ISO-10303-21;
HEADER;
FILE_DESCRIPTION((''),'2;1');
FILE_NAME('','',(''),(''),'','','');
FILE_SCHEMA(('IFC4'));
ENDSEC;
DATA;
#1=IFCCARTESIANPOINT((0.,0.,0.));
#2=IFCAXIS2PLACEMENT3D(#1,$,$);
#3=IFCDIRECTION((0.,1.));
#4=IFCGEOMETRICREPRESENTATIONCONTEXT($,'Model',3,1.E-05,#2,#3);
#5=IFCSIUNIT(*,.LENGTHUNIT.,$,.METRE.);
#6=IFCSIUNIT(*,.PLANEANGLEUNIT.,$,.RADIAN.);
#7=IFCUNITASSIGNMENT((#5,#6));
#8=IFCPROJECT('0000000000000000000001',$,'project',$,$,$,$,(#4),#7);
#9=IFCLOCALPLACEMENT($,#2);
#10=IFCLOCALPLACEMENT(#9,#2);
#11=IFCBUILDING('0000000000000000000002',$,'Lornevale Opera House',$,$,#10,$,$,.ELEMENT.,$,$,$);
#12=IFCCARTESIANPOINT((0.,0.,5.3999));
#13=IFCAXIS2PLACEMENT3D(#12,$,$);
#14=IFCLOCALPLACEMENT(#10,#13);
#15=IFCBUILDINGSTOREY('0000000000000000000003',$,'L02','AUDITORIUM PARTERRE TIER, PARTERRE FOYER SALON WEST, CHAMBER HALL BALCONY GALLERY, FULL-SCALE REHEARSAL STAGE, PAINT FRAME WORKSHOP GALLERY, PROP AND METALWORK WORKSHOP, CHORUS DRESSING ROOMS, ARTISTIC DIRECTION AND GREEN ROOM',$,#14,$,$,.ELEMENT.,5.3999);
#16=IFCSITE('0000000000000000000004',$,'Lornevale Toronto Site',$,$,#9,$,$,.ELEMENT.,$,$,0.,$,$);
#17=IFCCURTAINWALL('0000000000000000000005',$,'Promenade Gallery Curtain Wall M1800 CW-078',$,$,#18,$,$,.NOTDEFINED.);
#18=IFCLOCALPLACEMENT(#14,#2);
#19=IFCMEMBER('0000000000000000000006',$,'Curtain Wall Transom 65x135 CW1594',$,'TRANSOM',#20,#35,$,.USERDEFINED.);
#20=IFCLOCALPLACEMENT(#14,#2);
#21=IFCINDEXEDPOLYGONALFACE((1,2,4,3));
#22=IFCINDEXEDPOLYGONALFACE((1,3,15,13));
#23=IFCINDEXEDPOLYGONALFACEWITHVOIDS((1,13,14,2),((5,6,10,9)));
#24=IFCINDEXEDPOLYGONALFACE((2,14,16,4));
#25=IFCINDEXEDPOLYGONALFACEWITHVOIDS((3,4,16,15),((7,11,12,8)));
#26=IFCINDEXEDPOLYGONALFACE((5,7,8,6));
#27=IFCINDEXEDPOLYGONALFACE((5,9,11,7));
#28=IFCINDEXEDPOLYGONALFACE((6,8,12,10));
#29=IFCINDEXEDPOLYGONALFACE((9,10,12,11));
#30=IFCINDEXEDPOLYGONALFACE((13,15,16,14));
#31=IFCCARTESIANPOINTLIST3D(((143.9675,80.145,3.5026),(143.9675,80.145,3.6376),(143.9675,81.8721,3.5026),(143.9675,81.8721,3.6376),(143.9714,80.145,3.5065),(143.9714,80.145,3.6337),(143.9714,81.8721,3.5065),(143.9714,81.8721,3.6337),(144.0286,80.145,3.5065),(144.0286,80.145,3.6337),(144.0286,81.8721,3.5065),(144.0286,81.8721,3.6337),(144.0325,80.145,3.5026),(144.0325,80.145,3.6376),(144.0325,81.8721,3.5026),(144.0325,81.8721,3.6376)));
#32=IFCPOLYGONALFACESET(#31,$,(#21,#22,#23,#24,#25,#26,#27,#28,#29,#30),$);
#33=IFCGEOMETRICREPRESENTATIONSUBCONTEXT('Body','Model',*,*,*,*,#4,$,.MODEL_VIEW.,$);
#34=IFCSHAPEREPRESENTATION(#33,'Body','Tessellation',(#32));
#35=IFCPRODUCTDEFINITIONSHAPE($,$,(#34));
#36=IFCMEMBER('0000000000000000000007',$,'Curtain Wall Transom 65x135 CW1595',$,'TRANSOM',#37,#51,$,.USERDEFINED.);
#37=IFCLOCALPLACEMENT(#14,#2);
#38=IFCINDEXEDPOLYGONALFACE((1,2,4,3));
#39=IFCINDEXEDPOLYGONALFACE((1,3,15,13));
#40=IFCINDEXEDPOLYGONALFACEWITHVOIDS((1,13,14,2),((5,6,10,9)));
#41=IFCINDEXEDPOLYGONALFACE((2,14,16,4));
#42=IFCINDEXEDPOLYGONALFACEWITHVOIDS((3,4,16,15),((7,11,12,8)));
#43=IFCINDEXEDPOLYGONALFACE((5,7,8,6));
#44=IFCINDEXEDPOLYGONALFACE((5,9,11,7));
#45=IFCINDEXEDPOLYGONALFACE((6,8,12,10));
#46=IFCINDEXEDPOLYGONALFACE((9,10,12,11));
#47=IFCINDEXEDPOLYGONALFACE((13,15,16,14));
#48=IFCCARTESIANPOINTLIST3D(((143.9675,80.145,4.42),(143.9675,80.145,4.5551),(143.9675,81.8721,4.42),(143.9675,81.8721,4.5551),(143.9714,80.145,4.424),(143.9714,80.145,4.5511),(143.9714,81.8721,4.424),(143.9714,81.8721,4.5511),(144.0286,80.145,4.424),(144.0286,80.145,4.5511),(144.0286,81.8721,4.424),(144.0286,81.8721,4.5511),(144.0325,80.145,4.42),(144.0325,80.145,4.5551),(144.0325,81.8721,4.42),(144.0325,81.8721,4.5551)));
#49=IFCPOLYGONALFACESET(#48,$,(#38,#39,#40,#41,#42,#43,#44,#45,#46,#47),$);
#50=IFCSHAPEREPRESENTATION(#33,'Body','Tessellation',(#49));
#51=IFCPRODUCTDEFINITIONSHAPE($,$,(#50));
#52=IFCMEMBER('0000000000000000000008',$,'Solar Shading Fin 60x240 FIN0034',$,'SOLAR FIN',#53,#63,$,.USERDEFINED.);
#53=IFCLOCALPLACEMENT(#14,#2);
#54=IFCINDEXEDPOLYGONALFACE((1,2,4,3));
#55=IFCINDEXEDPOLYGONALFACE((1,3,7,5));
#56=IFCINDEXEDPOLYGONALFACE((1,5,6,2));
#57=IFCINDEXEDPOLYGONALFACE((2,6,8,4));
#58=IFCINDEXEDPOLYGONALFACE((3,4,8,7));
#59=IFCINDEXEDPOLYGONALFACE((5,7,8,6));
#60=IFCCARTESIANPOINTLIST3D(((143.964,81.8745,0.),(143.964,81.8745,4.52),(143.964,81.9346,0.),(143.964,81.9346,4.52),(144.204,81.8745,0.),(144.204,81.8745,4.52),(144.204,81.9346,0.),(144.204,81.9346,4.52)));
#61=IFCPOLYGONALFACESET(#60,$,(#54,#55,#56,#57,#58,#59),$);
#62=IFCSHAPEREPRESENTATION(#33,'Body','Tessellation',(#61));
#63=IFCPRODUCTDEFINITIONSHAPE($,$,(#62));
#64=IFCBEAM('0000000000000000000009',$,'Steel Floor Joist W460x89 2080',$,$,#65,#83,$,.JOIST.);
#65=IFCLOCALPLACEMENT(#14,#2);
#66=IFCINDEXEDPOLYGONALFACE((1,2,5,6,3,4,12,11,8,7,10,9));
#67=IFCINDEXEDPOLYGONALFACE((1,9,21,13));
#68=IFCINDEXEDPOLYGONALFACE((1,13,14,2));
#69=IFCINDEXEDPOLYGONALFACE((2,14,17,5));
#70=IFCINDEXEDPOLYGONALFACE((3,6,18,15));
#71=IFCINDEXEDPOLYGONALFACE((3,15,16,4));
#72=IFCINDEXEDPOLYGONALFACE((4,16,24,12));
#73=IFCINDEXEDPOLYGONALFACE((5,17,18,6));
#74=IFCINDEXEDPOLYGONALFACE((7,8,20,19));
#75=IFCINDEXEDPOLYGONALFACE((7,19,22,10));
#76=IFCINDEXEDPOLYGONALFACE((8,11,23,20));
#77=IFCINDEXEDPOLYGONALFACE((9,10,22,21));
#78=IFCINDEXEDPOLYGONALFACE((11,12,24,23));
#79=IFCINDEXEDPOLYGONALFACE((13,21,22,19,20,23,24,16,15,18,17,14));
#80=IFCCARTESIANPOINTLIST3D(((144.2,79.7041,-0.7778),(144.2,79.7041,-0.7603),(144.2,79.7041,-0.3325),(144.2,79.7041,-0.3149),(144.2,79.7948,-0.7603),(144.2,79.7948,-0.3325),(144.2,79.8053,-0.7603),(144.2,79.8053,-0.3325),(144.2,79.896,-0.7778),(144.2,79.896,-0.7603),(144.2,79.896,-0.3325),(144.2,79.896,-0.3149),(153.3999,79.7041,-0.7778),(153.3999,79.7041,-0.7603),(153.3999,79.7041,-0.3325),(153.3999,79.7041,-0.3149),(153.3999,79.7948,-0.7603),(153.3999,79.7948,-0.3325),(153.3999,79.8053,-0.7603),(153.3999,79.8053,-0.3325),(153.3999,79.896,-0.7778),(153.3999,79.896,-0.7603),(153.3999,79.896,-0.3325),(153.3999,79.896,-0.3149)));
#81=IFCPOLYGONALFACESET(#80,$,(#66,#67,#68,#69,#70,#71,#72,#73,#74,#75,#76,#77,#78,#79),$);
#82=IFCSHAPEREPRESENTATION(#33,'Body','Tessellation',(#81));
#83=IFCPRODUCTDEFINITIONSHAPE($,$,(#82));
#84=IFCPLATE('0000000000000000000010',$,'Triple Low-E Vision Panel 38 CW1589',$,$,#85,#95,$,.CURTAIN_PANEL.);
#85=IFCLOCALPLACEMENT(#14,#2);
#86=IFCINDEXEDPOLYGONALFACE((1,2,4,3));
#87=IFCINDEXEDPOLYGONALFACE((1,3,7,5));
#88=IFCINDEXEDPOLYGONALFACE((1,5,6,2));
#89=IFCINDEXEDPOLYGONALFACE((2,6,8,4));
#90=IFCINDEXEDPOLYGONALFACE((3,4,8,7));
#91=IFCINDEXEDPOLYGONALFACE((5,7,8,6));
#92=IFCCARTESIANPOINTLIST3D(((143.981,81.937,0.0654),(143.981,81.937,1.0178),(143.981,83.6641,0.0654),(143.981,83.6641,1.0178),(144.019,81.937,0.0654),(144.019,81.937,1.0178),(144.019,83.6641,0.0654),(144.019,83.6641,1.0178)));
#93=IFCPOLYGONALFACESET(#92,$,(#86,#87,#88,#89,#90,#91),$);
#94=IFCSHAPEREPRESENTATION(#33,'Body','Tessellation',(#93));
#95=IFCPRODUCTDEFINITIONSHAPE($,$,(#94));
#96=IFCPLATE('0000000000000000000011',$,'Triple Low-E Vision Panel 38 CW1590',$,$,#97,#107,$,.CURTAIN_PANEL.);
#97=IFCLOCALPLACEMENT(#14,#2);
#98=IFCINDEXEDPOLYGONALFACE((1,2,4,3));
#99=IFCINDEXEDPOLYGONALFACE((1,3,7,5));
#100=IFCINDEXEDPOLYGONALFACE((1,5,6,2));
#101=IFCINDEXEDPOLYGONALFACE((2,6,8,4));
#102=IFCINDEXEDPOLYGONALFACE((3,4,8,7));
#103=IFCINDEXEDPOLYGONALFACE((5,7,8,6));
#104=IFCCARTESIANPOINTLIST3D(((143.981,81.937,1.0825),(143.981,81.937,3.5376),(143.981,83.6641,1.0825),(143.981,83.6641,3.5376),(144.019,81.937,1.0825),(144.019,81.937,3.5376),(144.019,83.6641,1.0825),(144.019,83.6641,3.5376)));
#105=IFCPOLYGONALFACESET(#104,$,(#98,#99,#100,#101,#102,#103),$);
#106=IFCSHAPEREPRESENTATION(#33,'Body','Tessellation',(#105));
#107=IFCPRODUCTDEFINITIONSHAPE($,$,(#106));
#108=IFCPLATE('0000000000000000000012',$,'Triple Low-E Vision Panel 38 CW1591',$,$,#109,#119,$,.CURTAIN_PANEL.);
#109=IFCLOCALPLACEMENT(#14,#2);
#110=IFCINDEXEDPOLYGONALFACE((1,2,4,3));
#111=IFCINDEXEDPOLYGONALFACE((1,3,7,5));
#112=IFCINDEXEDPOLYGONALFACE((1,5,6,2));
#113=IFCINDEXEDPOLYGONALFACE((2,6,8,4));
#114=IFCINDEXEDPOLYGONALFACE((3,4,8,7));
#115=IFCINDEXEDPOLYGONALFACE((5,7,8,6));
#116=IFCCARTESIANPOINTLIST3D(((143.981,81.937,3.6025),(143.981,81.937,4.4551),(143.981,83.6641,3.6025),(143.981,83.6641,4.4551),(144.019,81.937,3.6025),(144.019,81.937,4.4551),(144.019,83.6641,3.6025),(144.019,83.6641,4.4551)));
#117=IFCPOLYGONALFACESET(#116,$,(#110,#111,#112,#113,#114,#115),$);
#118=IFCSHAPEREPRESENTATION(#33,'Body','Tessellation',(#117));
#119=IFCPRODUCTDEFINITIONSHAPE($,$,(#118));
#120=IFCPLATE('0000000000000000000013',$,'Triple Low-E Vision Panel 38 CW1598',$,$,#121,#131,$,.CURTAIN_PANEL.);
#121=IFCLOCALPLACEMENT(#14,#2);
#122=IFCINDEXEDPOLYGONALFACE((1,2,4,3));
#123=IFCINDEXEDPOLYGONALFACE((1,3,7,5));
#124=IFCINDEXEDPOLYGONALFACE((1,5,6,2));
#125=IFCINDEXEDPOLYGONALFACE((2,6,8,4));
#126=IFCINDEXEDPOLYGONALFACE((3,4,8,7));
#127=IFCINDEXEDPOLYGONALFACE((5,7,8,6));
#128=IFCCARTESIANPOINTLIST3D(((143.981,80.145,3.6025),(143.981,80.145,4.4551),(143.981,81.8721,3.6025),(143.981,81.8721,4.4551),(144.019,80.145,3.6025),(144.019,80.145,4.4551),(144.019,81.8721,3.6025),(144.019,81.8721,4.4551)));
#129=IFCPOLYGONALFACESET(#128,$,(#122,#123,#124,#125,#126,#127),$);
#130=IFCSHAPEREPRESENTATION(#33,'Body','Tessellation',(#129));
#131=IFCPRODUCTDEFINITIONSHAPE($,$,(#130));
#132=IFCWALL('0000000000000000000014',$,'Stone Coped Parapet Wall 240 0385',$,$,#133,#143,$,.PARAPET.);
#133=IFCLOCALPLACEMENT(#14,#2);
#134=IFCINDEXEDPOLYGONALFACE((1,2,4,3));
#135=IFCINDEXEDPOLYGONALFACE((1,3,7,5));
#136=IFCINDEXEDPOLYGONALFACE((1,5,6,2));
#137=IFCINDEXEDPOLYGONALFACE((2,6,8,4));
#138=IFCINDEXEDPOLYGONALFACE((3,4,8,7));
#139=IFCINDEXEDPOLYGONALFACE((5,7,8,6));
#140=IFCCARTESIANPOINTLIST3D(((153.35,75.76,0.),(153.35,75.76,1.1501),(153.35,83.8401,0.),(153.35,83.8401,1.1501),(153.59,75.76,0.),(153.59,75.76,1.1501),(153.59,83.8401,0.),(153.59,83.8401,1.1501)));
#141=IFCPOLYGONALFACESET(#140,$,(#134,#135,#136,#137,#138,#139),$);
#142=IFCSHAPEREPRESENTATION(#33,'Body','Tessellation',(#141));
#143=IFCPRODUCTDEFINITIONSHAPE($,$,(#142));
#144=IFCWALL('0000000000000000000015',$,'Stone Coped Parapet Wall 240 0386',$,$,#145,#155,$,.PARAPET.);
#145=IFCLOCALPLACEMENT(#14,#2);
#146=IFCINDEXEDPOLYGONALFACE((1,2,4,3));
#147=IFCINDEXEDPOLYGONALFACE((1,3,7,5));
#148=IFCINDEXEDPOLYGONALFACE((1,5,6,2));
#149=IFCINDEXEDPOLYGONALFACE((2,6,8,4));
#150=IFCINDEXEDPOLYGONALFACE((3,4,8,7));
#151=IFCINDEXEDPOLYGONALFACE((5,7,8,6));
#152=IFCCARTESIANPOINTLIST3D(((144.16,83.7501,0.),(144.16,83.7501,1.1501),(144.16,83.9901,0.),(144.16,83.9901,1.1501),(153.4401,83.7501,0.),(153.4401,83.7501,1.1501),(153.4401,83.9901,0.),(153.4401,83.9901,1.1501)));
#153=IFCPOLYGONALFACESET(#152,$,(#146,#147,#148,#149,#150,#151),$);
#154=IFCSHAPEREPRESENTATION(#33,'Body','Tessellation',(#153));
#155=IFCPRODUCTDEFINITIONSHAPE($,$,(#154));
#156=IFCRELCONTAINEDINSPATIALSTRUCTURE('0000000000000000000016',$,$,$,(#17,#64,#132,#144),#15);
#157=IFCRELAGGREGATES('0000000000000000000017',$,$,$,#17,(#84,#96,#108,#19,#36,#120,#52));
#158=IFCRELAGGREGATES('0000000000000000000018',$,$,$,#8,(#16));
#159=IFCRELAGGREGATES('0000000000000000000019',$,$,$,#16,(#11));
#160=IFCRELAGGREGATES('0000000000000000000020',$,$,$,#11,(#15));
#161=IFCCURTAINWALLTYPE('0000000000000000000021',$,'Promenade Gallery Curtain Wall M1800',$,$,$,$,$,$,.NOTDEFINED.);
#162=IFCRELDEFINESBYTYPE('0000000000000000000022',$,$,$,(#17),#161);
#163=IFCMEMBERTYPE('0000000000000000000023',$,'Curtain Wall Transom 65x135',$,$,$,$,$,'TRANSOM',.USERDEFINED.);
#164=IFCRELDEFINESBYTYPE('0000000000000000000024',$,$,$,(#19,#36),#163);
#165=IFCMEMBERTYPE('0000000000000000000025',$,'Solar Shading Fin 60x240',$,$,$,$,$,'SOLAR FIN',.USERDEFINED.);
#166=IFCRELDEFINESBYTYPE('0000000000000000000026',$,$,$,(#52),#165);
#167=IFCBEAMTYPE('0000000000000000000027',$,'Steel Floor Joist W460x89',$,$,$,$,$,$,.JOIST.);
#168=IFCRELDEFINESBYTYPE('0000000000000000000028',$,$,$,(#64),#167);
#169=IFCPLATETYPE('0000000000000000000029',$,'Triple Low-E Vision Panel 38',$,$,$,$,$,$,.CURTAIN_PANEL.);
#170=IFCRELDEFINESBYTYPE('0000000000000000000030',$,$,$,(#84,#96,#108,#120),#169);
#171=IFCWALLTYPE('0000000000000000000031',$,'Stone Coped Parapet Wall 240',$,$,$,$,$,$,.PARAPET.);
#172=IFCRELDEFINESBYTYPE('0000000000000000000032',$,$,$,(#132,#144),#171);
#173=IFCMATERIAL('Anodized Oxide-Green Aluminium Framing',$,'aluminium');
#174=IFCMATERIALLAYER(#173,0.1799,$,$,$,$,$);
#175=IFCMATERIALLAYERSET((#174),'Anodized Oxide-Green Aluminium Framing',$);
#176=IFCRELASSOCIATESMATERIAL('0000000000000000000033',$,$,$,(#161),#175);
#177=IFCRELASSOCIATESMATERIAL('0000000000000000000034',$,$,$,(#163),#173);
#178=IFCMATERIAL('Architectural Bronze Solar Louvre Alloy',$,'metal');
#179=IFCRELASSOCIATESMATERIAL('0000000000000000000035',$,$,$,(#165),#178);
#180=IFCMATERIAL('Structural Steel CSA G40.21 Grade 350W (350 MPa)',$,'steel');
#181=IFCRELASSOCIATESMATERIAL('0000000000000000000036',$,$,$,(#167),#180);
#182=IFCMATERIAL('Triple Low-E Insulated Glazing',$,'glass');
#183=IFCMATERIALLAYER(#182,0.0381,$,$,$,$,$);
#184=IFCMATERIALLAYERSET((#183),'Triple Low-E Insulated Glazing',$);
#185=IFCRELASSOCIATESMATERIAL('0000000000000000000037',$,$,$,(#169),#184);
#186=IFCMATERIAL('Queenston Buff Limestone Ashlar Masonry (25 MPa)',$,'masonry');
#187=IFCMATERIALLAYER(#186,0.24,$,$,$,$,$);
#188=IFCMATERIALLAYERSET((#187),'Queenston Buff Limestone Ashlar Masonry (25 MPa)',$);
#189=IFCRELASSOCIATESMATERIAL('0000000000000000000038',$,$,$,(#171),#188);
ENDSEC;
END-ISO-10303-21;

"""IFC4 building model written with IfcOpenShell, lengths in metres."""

from ifc_helpers import new_model, si_unit, direction, frame, frame_2d, origin, origin_2d, place, context, subcontext, project, spatial, rectangle, hollow_rectangle, i_section, extrude, material, layer, layer_set, material_profile, profile_set, type_object, element, aggregate, save


model = new_model("IFC4")

# Units and contexts
model_context = context("Model", 3, precision=1e-05, world=origin(), true_north=direction((0.0, 1.0)))
body_context = subcontext(model_context, "Body", "Model", "MODEL_VIEW")
ifc_project = project(units=[si_unit("LENGTHUNIT", "METRE"), si_unit("PLANEANGLEUNIT", "RADIAN")], contexts=[model_context])

# Site, building, storey
site_placement = place(None, origin())
site = spatial("IfcSite", under=ifc_project, at=site_placement, Name="Lornevale Toronto Site", CompositionType="ELEMENT", RefElevation=0.0)
building_placement = place(site_placement, origin())
building = spatial("IfcBuilding", under=site, at=building_placement, Name="Lornevale Opera House", CompositionType="ELEMENT")
storey_placement = place(building_placement, frame((0.0, 0.0, 5.3999)))
storey = spatial("IfcBuildingStorey", under=building, at=storey_placement, Name="L02", Description="AUDITORIUM PARTERRE TIER, PARTERRE FOYER SALON WEST, CHAMBER HALL BALCONY GALLERY, FULL-SCALE REHEARSAL STAGE, PAINT FRAME WORKSHOP GALLERY, PROP AND METALWORK WORKSHOP, CHORUS DRESSING ROOMS, ARTISTIC DIRECTION AND GREEN ROOM", CompositionType="ELEMENT", Elevation=5.3999)

# Curtain wall, members
ifc_material_1 = material(Name="Anodized Oxide-Green Aluminium Framing", Category="aluminium")
ifc_layer_1 = layer(ifc_material_1, 0.1799)
ifc_layer_set_1 = layer_set([ifc_layer_1], Name="Anodized Oxide-Green Aluminium Framing")
curtain_wall_type = type_object("IfcCurtainWallType", Name="Promenade Gallery Curtain Wall M1800", PredefinedType="NOTDEFINED", material=ifc_layer_set_1)
curtain_wall_placement = place(storey_placement, origin())
curtain_wall = element("IfcCurtainWall", 1, at=curtain_wall_placement, inside=storey, type_object=curtain_wall_type, Name="Promenade Gallery Curtain Wall M1800 CW-078", PredefinedType="NOTDEFINED")
ifc_material_profile_1 = material_profile(ifc_material_1, hollow_rectangle(XDim=0.0649, YDim=0.135, WallThickness=0.0039, at=origin_2d()), Name="ALU65x135x4")
ifc_profile_set_1 = profile_set([ifc_material_profile_1], Name="Anodized Oxide-Green Aluminium Framing")
member_type_1 = type_object("IfcMemberType", Name="Curtain Wall Transom 65x135", ElementType="TRANSOM", PredefinedType="USERDEFINED", material=ifc_profile_set_1)
member_1_placement = place(storey_placement, frame((144.0, 81.8721, 3.5701), z_axis=(0.0, -1.0, 0.0), x_axis=(1.0, 0.0, 0.0)))
member_1 = element("IfcMember", 2, at=member_1_placement, type_object=member_type_1, Name="Curtain Wall Transom 65x135 CW1594", ObjectType="TRANSOM", PredefinedType="USERDEFINED", context=body_context, shape_type="SweptSolid", body=[
    extrude(hollow_rectangle(XDim=0.0649, YDim=0.135, WallThickness=0.0039, at=origin_2d()), origin(), (0.0, 0.0, 1.0), 1.7271),
])
member_2_placement = place(storey_placement, frame((144.0, 81.8721, 4.4875), z_axis=(0.0, -1.0, 0.0), x_axis=(1.0, 0.0, 0.0)))
member_2 = element("IfcMember", 3, at=member_2_placement, type_object=member_type_1, Name="Curtain Wall Transom 65x135 CW1595", ObjectType="TRANSOM", PredefinedType="USERDEFINED", context=body_context, shape_type="SweptSolid", body=[
    extrude(hollow_rectangle(XDim=0.0649, YDim=0.135, WallThickness=0.0039, at=origin_2d()), origin(), (0.0, 0.0, 1.0), 1.7271),
])
ifc_material_2 = material(Name="Architectural Bronze Solar Louvre Alloy", Category="metal")
ifc_material_profile_2 = material_profile(ifc_material_2, rectangle(XDim=0.0601, YDim=0.24, at=origin_2d()), Name="FIN60x240")
ifc_profile_set_2 = profile_set([ifc_material_profile_2], Name="Architectural Bronze Solar Louvre Alloy")
member_type_2 = type_object("IfcMemberType", Name="Solar Shading Fin 60x240", ElementType="SOLAR FIN", PredefinedType="USERDEFINED", material=ifc_profile_set_2)
member_3_placement = place(storey_placement, frame((144.084, 81.9045, 0.0), z_axis=(0.0, 0.0, 1.0), x_axis=(0.0, -1.0, 0.0)))
member_3 = element("IfcMember", 4, at=member_3_placement, type_object=member_type_2, Name="Solar Shading Fin 60x240 FIN0034", ObjectType="SOLAR FIN", PredefinedType="USERDEFINED", context=body_context, shape_type="SweptSolid", body=[
    extrude(rectangle(XDim=0.0601, YDim=0.24, at=origin_2d()), origin(), (0.0, 0.0, 1.0), 4.52),
])

# Beam
ifc_material_3 = material(Name="Structural Steel CSA G40.21 Grade 350W (350 MPa)", Category="steel")
ifc_material_profile_3 = material_profile(ifc_material_3, i_section(OverallWidth=0.1919, OverallDepth=0.4629, WebThickness=0.0105, FlangeThickness=0.0176, at=origin_2d()), Name="W460x89")
ifc_profile_set_3 = profile_set([ifc_material_profile_3], Name="Structural Steel CSA G40.21 Grade 350W (350 MPa)")
beam_type_1 = type_object("IfcBeamType", Name="Steel Floor Joist W460x89", PredefinedType="JOIST", material=ifc_profile_set_3)
beam_1_placement = place(storey_placement, frame((144.2, 79.8, -0.5464), z_axis=(1.0, 0.0, 0.0), x_axis=(0.0, 1.0, 0.0)))
element("IfcBeam", 5, at=beam_1_placement, inside=storey, type_object=beam_type_1, Name="Steel Floor Joist W460x89 2080", PredefinedType="JOIST", context=body_context, shape_type="SweptSolid", body=[
    extrude(i_section(OverallWidth=0.1919, OverallDepth=0.4629, WebThickness=0.0105, FlangeThickness=0.0176, at=origin_2d()), origin(), (0.0, 0.0, 1.0), 9.2),
])

# Plates
ifc_material_4 = material(Name="Triple Low-E Insulated Glazing", Category="glass")
ifc_layer_2 = layer(ifc_material_4, 0.0381)
ifc_layer_set_2 = layer_set([ifc_layer_2], Name="Triple Low-E Insulated Glazing")
plate_type = type_object("IfcPlateType", Name="Triple Low-E Vision Panel 38", PredefinedType="CURTAIN_PANEL", material=ifc_layer_set_2)
plate_1_placement = place(storey_placement, frame((144.0, 82.8005, 0.0654), z_axis=(0.0, 0.0, 1.0), x_axis=(0.0, -1.0, 0.0)))
plate_1 = element("IfcPlate", 6, at=plate_1_placement, type_object=plate_type, Name="Triple Low-E Vision Panel 38 CW1589", PredefinedType="CURTAIN_PANEL", context=body_context, shape_type="SweptSolid", body=[
    extrude(rectangle(XDim=1.7271, YDim=0.0381, at=origin_2d()), origin(), (0.0, 0.0, 1.0), 0.9524),
])
plate_2_placement = place(storey_placement, frame((144.0, 82.8005, 1.0825), z_axis=(0.0, 0.0, 1.0), x_axis=(0.0, -1.0, 0.0)))
plate_2 = element("IfcPlate", 7, at=plate_2_placement, type_object=plate_type, Name="Triple Low-E Vision Panel 38 CW1590", PredefinedType="CURTAIN_PANEL", context=body_context, shape_type="SweptSolid", body=[
    extrude(rectangle(XDim=1.7271, YDim=0.0381, at=origin_2d()), origin(), (0.0, 0.0, 1.0), 2.4551),
])
plate_3_placement = place(storey_placement, frame((144.0, 82.8005, 3.6025), z_axis=(0.0, 0.0, 1.0), x_axis=(0.0, -1.0, 0.0)))
plate_3 = element("IfcPlate", 8, at=plate_3_placement, type_object=plate_type, Name="Triple Low-E Vision Panel 38 CW1591", PredefinedType="CURTAIN_PANEL", context=body_context, shape_type="SweptSolid", body=[
    extrude(rectangle(XDim=1.7271, YDim=0.0381, at=origin_2d()), origin(), (0.0, 0.0, 1.0), 0.8525),
])
plate_4_placement = place(storey_placement, frame((144.0, 81.0085, 3.6025), z_axis=(0.0, 0.0, 1.0), x_axis=(0.0, -1.0, 0.0)))
plate_4 = element("IfcPlate", 9, at=plate_4_placement, type_object=plate_type, Name="Triple Low-E Vision Panel 38 CW1598", PredefinedType="CURTAIN_PANEL", context=body_context, shape_type="SweptSolid", body=[
    extrude(rectangle(XDim=1.7271, YDim=0.0381, at=origin_2d()), origin(), (0.0, 0.0, 1.0), 0.8525),
])
aggregate(curtain_wall, [plate_1, plate_2, plate_3, member_1, member_2, plate_4, member_3])

# Walls
ifc_material_5 = material(Name="Queenston Buff Limestone Ashlar Masonry (25 MPa)", Category="masonry")
ifc_layer_3 = layer(ifc_material_5, 0.24)
ifc_layer_set_3 = layer_set([ifc_layer_3], Name="Queenston Buff Limestone Ashlar Masonry (25 MPa)")
wall_type = type_object("IfcWallType", Name="Stone Coped Parapet Wall 240", PredefinedType="PARAPET", material=ifc_layer_set_3)
wall_1_placement = place(storey_placement, frame((153.47, 83.8401, 0.0), z_axis=(0.0, 0.0, 1.0), x_axis=(0.0, -1.0, 0.0)))
element("IfcWall", 10, at=wall_1_placement, inside=storey, type_object=wall_type, Name="Stone Coped Parapet Wall 240 0385", PredefinedType="PARAPET", context=body_context, shape_type="SweptSolid", body=[
    extrude(rectangle(XDim=8.0801, YDim=0.24, at=frame_2d((4.04, 0.0))), origin(), (0.0, 0.0, 1.0), 1.1501),
])
wall_2_placement = place(storey_placement, frame((144.1599, 83.8701, 0.0), z_axis=(0.0, 0.0, 1.0), x_axis=(1.0, 0.0, 0.0)))
element("IfcWall", 11, at=wall_2_placement, inside=storey, type_object=wall_type, Name="Stone Coped Parapet Wall 240 0386", PredefinedType="PARAPET", context=body_context, shape_type="SweptSolid", body=[
    extrude(rectangle(XDim=9.28, YDim=0.24, at=frame_2d((4.6401, 0.0))), origin(), (0.0, 0.0, 1.0), 1.1501),
])

save(model, "model.ifc")
